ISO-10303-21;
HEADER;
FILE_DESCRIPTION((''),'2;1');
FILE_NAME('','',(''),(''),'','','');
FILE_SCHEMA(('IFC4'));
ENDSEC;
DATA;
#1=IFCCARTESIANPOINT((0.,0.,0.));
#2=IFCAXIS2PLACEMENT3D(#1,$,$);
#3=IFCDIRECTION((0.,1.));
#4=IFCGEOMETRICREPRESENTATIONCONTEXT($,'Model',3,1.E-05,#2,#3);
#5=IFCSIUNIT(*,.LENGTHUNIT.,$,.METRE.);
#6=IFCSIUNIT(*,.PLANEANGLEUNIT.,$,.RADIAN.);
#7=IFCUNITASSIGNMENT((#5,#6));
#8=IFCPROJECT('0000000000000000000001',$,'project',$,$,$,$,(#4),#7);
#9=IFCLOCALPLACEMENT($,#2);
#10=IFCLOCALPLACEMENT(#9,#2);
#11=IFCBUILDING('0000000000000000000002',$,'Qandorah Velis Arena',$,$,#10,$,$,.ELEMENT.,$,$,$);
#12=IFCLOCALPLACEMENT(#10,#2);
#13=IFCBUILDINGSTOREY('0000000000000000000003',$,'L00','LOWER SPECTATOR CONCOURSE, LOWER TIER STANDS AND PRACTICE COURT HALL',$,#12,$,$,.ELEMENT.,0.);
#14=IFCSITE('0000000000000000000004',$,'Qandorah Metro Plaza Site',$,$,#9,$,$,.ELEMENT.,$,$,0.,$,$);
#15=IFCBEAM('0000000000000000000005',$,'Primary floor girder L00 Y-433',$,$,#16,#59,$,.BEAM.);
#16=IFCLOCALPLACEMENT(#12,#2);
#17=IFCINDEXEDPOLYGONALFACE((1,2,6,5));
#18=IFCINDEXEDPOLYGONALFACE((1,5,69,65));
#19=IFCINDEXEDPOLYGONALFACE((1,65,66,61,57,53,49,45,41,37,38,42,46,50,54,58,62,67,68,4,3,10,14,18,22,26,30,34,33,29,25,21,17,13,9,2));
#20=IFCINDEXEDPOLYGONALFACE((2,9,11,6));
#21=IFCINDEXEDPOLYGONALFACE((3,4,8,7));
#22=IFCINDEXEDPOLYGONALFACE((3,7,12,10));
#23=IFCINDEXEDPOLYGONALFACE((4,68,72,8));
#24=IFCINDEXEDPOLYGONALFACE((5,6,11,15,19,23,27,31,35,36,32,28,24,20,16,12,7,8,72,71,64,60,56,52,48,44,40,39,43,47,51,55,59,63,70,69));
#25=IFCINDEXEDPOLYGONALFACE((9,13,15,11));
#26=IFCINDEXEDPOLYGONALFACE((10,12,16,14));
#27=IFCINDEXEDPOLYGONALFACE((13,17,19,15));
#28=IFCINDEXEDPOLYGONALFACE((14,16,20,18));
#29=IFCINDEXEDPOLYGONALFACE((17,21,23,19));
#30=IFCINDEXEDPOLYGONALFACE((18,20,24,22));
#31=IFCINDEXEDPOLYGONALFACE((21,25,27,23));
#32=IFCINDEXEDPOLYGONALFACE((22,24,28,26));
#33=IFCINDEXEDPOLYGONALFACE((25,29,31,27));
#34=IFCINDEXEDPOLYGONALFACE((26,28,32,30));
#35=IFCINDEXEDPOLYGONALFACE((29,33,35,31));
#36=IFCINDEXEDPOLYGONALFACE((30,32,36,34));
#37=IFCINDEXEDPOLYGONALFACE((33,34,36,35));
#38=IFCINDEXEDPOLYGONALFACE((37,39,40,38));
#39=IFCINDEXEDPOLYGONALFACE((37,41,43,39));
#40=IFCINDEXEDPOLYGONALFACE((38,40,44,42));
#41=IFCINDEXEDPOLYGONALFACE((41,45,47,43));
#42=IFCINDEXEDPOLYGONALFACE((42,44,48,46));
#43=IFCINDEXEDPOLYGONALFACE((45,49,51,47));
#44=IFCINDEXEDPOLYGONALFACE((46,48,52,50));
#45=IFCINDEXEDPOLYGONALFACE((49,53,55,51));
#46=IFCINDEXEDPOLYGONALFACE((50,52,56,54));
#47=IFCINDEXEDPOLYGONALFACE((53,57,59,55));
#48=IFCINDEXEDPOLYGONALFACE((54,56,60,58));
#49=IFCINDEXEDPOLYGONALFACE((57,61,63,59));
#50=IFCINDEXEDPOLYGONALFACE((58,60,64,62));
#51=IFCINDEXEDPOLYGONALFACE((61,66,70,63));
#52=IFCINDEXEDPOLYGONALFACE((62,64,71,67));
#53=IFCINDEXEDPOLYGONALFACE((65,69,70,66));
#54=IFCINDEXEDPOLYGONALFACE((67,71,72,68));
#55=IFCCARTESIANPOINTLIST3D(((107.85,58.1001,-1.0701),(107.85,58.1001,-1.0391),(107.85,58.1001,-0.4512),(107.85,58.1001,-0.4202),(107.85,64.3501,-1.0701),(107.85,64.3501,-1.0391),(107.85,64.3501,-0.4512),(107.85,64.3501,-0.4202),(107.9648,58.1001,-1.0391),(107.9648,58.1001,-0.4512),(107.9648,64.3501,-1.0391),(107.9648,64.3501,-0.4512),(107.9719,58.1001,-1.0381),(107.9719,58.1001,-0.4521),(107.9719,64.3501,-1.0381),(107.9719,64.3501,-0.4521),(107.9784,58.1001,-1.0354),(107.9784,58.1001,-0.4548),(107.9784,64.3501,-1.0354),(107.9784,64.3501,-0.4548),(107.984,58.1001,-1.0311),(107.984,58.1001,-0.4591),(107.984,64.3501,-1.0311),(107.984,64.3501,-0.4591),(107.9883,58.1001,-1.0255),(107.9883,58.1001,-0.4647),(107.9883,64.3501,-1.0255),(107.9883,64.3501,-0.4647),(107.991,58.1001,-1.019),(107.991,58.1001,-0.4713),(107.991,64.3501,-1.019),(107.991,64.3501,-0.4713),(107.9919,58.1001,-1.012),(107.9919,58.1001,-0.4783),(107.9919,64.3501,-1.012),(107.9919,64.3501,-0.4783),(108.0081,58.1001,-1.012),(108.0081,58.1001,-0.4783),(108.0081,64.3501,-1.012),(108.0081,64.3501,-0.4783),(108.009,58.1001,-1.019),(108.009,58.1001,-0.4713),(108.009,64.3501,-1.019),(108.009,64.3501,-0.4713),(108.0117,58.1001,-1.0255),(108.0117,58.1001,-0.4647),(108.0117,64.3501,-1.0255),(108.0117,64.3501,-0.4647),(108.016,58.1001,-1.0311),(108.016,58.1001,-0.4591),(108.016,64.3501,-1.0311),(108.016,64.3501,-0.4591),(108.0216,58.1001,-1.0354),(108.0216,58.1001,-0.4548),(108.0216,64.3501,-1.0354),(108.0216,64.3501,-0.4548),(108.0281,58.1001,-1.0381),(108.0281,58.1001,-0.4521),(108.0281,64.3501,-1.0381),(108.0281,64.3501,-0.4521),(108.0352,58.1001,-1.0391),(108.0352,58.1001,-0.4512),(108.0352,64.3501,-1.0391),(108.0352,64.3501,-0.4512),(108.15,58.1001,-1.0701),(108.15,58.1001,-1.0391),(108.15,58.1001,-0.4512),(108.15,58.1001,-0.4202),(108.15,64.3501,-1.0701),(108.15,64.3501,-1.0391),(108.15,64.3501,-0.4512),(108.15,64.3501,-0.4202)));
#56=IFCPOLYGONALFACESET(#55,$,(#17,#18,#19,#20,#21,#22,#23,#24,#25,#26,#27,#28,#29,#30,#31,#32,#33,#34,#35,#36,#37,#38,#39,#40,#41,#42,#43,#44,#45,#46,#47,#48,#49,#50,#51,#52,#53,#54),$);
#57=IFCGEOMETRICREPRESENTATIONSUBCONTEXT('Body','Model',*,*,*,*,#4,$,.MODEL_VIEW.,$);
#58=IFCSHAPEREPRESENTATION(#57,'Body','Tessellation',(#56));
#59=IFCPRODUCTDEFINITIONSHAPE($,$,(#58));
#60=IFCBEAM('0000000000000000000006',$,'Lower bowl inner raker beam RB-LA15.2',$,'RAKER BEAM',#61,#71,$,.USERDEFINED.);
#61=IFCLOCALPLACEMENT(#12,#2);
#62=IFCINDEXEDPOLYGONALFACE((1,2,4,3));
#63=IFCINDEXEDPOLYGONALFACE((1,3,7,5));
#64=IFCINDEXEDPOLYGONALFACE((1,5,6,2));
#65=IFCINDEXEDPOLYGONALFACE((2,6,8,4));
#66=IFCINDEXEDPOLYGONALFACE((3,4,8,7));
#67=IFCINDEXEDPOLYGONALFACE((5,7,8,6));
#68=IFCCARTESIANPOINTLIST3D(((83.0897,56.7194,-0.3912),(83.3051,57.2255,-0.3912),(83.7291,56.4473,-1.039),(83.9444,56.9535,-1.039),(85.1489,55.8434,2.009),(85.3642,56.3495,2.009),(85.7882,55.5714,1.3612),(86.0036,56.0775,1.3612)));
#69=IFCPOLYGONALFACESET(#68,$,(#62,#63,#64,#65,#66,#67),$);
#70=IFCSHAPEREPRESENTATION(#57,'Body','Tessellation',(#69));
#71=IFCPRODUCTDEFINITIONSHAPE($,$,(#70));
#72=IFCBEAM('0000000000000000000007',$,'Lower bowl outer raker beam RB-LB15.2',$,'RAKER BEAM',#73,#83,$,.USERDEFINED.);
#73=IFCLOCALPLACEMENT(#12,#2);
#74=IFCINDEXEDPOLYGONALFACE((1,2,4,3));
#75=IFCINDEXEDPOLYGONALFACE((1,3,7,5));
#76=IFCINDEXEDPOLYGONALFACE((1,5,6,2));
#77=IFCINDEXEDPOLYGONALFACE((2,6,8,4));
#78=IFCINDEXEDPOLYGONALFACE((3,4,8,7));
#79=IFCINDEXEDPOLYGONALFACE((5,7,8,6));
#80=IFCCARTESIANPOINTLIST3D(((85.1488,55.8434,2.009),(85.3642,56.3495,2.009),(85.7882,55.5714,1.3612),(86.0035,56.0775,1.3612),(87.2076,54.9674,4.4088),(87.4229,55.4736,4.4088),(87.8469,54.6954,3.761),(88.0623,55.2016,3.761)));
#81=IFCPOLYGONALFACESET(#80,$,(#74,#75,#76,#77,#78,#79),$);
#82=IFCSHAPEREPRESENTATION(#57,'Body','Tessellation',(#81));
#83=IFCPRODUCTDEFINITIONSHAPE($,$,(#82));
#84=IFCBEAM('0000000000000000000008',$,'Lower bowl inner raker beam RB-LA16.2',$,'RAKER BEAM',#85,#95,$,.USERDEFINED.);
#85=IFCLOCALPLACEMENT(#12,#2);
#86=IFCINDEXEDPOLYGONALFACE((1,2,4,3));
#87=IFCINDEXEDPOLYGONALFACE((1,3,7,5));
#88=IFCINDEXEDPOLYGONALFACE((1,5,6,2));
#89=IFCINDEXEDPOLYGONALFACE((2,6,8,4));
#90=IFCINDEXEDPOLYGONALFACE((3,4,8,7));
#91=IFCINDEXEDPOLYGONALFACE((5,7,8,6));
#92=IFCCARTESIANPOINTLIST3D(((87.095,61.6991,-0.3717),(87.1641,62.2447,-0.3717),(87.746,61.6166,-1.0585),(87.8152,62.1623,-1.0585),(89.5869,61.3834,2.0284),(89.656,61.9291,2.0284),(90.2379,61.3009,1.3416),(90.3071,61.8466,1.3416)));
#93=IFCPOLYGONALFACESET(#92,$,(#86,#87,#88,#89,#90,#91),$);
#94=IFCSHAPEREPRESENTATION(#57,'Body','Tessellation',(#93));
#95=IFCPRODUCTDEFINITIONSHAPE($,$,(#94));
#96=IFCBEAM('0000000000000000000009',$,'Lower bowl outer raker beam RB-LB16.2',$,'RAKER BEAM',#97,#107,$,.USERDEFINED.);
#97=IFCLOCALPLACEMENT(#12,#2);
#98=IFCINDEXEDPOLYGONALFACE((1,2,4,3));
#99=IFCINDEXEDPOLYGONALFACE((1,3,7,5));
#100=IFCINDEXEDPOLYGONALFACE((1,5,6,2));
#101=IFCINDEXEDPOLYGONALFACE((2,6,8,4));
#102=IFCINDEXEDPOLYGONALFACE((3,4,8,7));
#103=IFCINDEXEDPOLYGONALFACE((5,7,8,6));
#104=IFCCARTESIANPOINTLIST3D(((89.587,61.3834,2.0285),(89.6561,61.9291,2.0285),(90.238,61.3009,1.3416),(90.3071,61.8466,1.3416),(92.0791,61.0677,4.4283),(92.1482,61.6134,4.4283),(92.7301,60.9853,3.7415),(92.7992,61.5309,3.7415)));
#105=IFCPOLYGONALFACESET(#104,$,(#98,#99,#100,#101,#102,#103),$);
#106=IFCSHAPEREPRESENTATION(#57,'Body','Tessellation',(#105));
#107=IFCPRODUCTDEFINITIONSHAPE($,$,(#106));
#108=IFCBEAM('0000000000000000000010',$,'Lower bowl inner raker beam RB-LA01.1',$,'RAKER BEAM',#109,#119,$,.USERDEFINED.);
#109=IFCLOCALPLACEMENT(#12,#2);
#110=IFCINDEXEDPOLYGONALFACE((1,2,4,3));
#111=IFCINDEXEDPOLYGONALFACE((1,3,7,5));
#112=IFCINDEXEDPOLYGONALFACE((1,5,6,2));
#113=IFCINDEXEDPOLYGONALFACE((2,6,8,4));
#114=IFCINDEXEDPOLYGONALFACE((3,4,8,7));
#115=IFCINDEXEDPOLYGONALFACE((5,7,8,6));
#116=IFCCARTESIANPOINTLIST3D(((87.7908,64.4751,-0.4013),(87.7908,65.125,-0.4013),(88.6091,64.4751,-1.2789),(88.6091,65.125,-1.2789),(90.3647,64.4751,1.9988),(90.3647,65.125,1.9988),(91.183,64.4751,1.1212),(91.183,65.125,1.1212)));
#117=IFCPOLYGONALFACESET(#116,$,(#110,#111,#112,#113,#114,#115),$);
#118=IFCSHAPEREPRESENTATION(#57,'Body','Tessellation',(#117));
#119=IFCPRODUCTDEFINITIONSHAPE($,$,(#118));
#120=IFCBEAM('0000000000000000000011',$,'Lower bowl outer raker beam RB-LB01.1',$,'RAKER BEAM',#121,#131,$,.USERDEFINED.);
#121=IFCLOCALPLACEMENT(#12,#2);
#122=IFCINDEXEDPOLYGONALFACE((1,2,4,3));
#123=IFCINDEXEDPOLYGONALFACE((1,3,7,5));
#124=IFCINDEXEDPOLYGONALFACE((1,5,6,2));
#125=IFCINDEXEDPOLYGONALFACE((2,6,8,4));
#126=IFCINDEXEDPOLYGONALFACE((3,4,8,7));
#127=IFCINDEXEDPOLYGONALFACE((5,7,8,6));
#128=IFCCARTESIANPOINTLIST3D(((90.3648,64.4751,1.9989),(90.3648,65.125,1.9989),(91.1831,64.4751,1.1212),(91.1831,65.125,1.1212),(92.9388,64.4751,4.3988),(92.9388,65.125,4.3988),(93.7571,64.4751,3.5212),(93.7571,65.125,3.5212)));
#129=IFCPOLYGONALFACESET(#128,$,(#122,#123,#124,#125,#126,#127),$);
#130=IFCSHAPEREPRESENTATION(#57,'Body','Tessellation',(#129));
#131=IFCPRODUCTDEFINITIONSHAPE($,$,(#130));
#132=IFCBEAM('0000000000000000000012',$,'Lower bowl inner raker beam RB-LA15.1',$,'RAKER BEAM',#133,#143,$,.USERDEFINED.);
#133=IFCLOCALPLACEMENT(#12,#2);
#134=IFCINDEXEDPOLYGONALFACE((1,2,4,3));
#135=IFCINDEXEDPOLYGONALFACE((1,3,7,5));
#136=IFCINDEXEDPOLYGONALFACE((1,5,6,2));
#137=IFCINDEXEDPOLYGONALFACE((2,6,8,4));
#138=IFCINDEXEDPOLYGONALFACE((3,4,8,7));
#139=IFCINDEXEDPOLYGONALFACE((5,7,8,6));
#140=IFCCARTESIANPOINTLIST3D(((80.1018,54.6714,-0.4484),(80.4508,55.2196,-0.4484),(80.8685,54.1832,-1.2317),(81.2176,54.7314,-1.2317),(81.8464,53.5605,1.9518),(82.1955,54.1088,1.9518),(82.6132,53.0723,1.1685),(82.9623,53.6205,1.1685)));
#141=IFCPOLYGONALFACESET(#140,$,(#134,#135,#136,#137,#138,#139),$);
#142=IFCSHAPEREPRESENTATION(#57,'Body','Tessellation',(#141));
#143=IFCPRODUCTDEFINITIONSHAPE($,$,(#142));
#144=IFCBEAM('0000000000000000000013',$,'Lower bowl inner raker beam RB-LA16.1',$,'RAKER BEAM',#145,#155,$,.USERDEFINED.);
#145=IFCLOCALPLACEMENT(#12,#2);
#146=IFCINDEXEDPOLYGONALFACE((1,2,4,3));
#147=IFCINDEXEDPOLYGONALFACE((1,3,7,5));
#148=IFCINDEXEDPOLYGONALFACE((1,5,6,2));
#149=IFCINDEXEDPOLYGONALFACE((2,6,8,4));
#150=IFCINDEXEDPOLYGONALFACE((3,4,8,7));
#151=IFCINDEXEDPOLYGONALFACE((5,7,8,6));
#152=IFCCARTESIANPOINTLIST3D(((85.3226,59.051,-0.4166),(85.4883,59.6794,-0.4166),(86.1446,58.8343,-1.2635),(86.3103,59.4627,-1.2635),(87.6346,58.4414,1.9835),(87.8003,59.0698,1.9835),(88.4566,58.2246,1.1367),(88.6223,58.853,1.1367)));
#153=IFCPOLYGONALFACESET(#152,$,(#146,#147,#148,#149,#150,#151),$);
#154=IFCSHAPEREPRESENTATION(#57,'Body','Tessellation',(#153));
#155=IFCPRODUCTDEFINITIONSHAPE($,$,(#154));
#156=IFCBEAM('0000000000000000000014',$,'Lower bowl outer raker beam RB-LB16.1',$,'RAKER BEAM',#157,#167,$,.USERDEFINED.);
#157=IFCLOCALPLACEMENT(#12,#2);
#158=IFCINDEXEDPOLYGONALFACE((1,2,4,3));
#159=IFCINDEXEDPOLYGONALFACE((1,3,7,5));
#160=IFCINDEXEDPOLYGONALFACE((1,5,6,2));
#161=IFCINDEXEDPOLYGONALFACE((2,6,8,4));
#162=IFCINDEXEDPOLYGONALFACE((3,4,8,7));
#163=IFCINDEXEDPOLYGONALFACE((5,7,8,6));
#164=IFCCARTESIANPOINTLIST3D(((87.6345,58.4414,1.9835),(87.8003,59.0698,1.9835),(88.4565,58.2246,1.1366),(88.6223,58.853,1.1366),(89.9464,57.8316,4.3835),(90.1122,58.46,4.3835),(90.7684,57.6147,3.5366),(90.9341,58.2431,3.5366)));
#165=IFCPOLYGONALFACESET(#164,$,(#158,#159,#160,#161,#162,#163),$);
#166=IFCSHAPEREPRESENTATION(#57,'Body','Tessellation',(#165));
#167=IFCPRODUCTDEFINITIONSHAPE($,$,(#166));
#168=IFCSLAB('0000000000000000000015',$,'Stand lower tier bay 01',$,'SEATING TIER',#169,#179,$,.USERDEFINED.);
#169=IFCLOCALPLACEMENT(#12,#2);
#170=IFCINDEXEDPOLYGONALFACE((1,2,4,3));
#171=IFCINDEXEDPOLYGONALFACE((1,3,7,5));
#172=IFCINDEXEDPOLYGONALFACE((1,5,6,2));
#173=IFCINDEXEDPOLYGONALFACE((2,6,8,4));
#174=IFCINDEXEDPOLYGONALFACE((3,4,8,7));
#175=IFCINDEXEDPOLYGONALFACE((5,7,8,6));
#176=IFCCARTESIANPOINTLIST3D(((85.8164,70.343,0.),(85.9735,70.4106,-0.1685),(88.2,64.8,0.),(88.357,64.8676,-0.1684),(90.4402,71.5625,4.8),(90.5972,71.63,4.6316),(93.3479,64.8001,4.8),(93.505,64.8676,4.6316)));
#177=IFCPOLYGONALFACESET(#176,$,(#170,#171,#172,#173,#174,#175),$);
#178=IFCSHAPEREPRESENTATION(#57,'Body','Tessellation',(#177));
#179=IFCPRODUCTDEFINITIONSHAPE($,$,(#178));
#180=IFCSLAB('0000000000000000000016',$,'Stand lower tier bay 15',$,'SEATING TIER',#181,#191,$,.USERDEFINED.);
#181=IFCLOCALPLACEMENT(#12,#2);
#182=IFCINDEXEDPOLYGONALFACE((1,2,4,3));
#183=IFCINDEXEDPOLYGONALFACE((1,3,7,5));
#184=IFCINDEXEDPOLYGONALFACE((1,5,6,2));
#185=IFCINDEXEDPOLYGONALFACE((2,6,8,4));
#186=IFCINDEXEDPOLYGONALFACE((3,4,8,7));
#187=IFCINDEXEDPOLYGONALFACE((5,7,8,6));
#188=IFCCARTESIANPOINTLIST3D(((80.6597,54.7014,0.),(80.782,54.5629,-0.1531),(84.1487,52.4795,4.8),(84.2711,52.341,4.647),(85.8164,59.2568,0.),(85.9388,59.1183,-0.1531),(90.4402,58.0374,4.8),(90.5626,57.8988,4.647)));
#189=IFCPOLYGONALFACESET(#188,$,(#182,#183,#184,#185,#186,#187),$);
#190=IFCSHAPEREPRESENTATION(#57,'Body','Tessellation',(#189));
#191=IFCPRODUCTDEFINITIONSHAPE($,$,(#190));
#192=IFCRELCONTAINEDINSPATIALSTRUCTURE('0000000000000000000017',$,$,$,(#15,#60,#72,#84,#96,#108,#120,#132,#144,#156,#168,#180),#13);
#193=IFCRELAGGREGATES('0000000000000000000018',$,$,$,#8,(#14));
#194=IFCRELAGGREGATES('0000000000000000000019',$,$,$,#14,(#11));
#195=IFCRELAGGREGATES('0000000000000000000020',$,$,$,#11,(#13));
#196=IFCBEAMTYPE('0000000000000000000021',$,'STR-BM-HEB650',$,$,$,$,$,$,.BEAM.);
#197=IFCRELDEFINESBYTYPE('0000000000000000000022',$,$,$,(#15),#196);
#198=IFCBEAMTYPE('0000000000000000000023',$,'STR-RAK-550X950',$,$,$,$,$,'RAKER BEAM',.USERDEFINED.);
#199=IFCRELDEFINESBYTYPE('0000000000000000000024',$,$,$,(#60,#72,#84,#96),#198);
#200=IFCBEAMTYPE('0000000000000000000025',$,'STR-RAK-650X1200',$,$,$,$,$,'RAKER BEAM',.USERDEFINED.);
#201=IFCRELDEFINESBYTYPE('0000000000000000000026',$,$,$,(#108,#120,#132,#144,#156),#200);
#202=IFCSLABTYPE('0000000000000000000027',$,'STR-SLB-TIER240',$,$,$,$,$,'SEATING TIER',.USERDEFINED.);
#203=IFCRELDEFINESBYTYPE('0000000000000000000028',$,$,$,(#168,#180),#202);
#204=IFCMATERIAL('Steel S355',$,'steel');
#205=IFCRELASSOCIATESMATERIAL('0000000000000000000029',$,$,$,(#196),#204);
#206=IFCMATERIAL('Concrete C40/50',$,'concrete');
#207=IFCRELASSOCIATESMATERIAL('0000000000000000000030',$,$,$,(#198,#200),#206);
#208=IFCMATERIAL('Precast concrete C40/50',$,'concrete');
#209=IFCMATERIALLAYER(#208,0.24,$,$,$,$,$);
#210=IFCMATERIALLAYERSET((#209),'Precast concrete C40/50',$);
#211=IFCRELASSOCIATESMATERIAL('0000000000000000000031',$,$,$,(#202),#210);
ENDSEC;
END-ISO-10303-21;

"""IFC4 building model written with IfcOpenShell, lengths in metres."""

from ifc_helpers import new_model, si_unit, direction, frame, origin, origin_2d, place, context, subcontext, project, spatial, polyline, rectangle, i_section, outline, extrude, material, layer, layer_set, material_profile, profile_set, type_object, element, save


model = new_model("IFC4")

# Units and contexts
model_context = context("Model", 3, precision=1e-05, world=origin(), true_north=direction((0.0, 1.0)))
body_context = subcontext(model_context, "Body", "Model", "MODEL_VIEW")
ifc_project = project(units=[si_unit("LENGTHUNIT", "METRE"), si_unit("PLANEANGLEUNIT", "RADIAN")], contexts=[model_context])

# Site, building, storey
site_placement = place(None, origin())
site = spatial("IfcSite", under=ifc_project, at=site_placement, Name="Qandorah Metro Plaza Site", CompositionType="ELEMENT", RefElevation=0.0)
building_placement = place(site_placement, origin())
building = spatial("IfcBuilding", under=site, at=building_placement, Name="Qandorah Velis Arena", CompositionType="ELEMENT")
storey_placement = place(building_placement, origin())
storey = spatial("IfcBuildingStorey", under=building, at=storey_placement, Name="L00", Description="LOWER SPECTATOR CONCOURSE, LOWER TIER STANDS AND PRACTICE COURT HALL", CompositionType="ELEMENT", Elevation=0.0)

# Shared definitions
ifc_material_1 = material(Name="Concrete C40/50", Category="concrete")

# Beams
ifc_material_2 = material(Name="Steel S355", Category="steel")
ifc_material_profile_1 = material_profile(ifc_material_2, i_section(OverallWidth=0.3, OverallDepth=0.6499, WebThickness=0.0161, FlangeThickness=0.031, FilletRadius=0.0271, at=origin_2d()), Name="HEB 650")
ifc_profile_set_1 = profile_set([ifc_material_profile_1], Name="Steel S355")
beam_type_1 = type_object("IfcBeamType", Name="STR-BM-HEB650", PredefinedType="BEAM", material=ifc_profile_set_1)
beam_1_placement = place(storey_placement, frame((108.0, 58.1001, -0.7451), z_axis=(0.0, 1.0, 0.0), x_axis=(-1.0, 0.0, 0.0)))
element("IfcBeam", 1, at=beam_1_placement, inside=storey, type_object=beam_type_1, Name="Primary floor girder L00 Y-433", PredefinedType="BEAM", context=body_context, shape_type="SweptSolid", body=[
    extrude(i_section(OverallWidth=0.3, OverallDepth=0.6499, WebThickness=0.0161, FlangeThickness=0.031, FilletRadius=0.0271, at=origin_2d()), origin(), (0.0, 0.0, 1.0), 6.25),
])
ifc_material_profile_2 = material_profile(ifc_material_1, rectangle(XDim=0.55, YDim=0.95, at=origin_2d()), Name="RC RAKER 550x950")
ifc_profile_set_2 = profile_set([ifc_material_profile_2], Name="Concrete C40/50")
beam_type_2 = type_object("IfcBeamType", Name="STR-RAK-550X950", ElementType="RAKER BEAM", PredefinedType="USERDEFINED", material=ifc_profile_set_2)
beam_2_placement = place(storey_placement, frame((83.5171, 56.8364, -0.7151), z_axis=(0.627493, -0.266949, 0.731431), x_axis=(0.391469, 0.920191, 0.0)))
element("IfcBeam", 2, at=beam_2_placement, inside=storey, type_object=beam_type_2, Name="Lower bowl inner raker beam RB-LA15.2", ObjectType="RAKER BEAM", PredefinedType="USERDEFINED", context=body_context, shape_type="SweptSolid", body=[
    extrude(rectangle(XDim=0.55, YDim=0.95, at=origin_2d()), origin(), (0.0, 0.0, 1.0), 3.2815),
])
beam_3_placement = place(storey_placement, frame((85.5762, 55.9604, 1.6851), z_axis=(0.627482, -0.266976, 0.73143), x_axis=(0.391508, 0.920175, 0.0)))
element("IfcBeam", 3, at=beam_3_placement, inside=storey, type_object=beam_type_2, Name="Lower bowl outer raker beam RB-LB15.2", ObjectType="RAKER BEAM", PredefinedType="USERDEFINED", context=body_context, shape_type="SweptSolid", body=[
    extrude(rectangle(XDim=0.55, YDim=0.95, at=origin_2d()), origin(), (0.0, 0.0, 1.0), 3.281),
])
for number, where, z_axis, x_axis, name in (
    (4, (87.4551, 61.9307, -0.7151), (0.717269, -0.090862, 0.690847), (0.125673, 0.992072, 0.0), "Lower bowl inner raker beam RB-LA16.2"),
    (5, (89.947, 61.615, 1.6851), (0.717338, -0.090862, 0.690775), (0.125661, 0.992073, 0.0), "Lower bowl outer raker beam RB-LB16.2"),
):
    element("IfcBeam", number, at=place(storey_placement, frame(where, z_axis=z_axis, x_axis=x_axis)), inside=storey, type_object=beam_type_2, Name=name, ObjectType="RAKER BEAM", PredefinedType="USERDEFINED", context=body_context, shape_type="SweptSolid", body=[
        extrude(rectangle(XDim=0.55, YDim=0.95, at=origin_2d()), origin(), (0.0, 0.0, 1.0), 3.4741),
    ])
ifc_material_profile_3 = material_profile(ifc_material_1, rectangle(XDim=0.6499, YDim=1.2, at=origin_2d()), Name="RC RAKER 650x1200")
ifc_profile_set_3 = profile_set([ifc_material_profile_3], Name="Concrete C40/50")
beam_type_3 = type_object("IfcBeamType", Name="STR-RAK-650X1200", ElementType="RAKER BEAM", PredefinedType="USERDEFINED", material=ifc_profile_set_3)
for number, where, z_axis, x_axis, name in (
    (6, (88.2, 64.8, -0.8401), (0.731371, 0.0, 0.68198), (0.0, 1.0, 0.0), "Lower bowl inner raker beam RB-LA01.1"),
    (7, (90.7739, 64.8, 1.5601), (0.731406, 0.0, 0.681942), (0.0, 1.0, 0.0), "Lower bowl outer raker beam RB-LB01.1"),
):
    element("IfcBeam", number, at=place(storey_placement, frame(where, z_axis=z_axis, x_axis=x_axis)), inside=storey, type_object=beam_type_3, Name=name, ObjectType="RAKER BEAM", PredefinedType="USERDEFINED", context=body_context, shape_type="SweptSolid", body=[
        extrude(rectangle(XDim=0.6499, YDim=1.2, at=origin_2d()), origin(), (0.0, 0.0, 1.0), 3.5193),
    ])
beam_4_placement = place(storey_placement, frame((80.6597, 54.7014, -0.8401), z_axis=(0.550644, -0.350606, 0.75754), x_axis=(0.537089, 0.843525, 0.0)))
element("IfcBeam", 8, at=beam_4_placement, inside=storey, type_object=beam_type_3, Name="Lower bowl inner raker beam RB-LA15.1", ObjectType="RAKER BEAM", PredefinedType="USERDEFINED", context=body_context, shape_type="SweptSolid", body=[
    extrude(rectangle(XDim=0.6499, YDim=1.2, at=origin_2d()), origin(), (0.0, 0.0, 1.0), 3.1685),
])
beam_5_placement = place(storey_placement, frame((85.8164, 59.2568, -0.8401), z_axis=(0.682436, -0.179941, 0.708451), x_axis=(0.254961, 0.966951, 0.0)))
element("IfcBeam", 9, at=beam_5_placement, inside=storey, type_object=beam_type_3, Name="Lower bowl inner raker beam RB-LA16.1", ObjectType="RAKER BEAM", PredefinedType="USERDEFINED", context=body_context, shape_type="SweptSolid", body=[
    extrude(rectangle(XDim=0.6499, YDim=1.2, at=origin_2d()), origin(), (0.0, 0.0, 1.0), 3.3879),
])
beam_6_placement = place(storey_placement, frame((88.1284, 58.6472, 1.5601), z_axis=(0.682423, -0.180029, 0.70844), x_axis=(0.255081, 0.96692, 0.0)))
element("IfcBeam", 10, at=beam_6_placement, inside=storey, type_object=beam_type_3, Name="Lower bowl outer raker beam RB-LB16.1", ObjectType="RAKER BEAM", PredefinedType="USERDEFINED", context=body_context, shape_type="SweptSolid", body=[
    extrude(rectangle(XDim=0.6499, YDim=1.2, at=origin_2d()), origin(), (0.0, 0.0, 1.0), 3.3877),
])

# Slabs
ifc_material_3 = material(Name="Precast concrete C40/50", Category="concrete")
ifc_layer = layer(ifc_material_3, 0.24)
ifc_layer_set = layer_set([ifc_layer], Name="Precast concrete C40/50")
slab_type = type_object("IfcSlabType", Name="STR-SLB-TIER240", ElementType="SEATING TIER", PredefinedType="USERDEFINED", material=ifc_layer_set)
slab_1_placement = place(storey_placement, frame((88.2, 64.8, 0.0), z_axis=(-0.654399, -0.281388, 0.701843), x_axis=(-0.39503, 0.918668, -0.000008)))
element("IfcSlab", 11, at=slab_1_placement, inside=storey, type_object=slab_type, Name="Stand lower tier bay 01", ObjectType="SEATING TIER", PredefinedType="USERDEFINED", context=body_context, shape_type="SweptSolid", body=[
    extrude(outline(polyline([(0.0, 0.0), (6.0337, 0.0), (5.3275, -6.7386), (-2.0336, -6.7384), (0.0, 0.0)])), origin(), (0.0, 0.0, -1.0), 0.24),
])
slab_2_placement = place(storey_placement, frame((80.6597, 54.7014, 0.0), z_axis=(-0.509906, 0.577213, 0.637825), x_axis=(0.749452, 0.662059, 0.0)))
element("IfcSlab", 12, at=slab_2_placement, inside=storey, type_object=slab_type, Name="Stand lower tier bay 15", ObjectType="SEATING TIER", PredefinedType="USERDEFINED", context=body_context, shape_type="SweptSolid", body=[
    extrude(outline(polyline([(0.0, 0.0), (6.8807, 0.0), (9.5386, -6.2324), (1.1438, -6.2324), (0.0, 0.0)])), origin(), (0.0, 0.0, -1.0), 0.24),
])

save(model, "model.ifc")
